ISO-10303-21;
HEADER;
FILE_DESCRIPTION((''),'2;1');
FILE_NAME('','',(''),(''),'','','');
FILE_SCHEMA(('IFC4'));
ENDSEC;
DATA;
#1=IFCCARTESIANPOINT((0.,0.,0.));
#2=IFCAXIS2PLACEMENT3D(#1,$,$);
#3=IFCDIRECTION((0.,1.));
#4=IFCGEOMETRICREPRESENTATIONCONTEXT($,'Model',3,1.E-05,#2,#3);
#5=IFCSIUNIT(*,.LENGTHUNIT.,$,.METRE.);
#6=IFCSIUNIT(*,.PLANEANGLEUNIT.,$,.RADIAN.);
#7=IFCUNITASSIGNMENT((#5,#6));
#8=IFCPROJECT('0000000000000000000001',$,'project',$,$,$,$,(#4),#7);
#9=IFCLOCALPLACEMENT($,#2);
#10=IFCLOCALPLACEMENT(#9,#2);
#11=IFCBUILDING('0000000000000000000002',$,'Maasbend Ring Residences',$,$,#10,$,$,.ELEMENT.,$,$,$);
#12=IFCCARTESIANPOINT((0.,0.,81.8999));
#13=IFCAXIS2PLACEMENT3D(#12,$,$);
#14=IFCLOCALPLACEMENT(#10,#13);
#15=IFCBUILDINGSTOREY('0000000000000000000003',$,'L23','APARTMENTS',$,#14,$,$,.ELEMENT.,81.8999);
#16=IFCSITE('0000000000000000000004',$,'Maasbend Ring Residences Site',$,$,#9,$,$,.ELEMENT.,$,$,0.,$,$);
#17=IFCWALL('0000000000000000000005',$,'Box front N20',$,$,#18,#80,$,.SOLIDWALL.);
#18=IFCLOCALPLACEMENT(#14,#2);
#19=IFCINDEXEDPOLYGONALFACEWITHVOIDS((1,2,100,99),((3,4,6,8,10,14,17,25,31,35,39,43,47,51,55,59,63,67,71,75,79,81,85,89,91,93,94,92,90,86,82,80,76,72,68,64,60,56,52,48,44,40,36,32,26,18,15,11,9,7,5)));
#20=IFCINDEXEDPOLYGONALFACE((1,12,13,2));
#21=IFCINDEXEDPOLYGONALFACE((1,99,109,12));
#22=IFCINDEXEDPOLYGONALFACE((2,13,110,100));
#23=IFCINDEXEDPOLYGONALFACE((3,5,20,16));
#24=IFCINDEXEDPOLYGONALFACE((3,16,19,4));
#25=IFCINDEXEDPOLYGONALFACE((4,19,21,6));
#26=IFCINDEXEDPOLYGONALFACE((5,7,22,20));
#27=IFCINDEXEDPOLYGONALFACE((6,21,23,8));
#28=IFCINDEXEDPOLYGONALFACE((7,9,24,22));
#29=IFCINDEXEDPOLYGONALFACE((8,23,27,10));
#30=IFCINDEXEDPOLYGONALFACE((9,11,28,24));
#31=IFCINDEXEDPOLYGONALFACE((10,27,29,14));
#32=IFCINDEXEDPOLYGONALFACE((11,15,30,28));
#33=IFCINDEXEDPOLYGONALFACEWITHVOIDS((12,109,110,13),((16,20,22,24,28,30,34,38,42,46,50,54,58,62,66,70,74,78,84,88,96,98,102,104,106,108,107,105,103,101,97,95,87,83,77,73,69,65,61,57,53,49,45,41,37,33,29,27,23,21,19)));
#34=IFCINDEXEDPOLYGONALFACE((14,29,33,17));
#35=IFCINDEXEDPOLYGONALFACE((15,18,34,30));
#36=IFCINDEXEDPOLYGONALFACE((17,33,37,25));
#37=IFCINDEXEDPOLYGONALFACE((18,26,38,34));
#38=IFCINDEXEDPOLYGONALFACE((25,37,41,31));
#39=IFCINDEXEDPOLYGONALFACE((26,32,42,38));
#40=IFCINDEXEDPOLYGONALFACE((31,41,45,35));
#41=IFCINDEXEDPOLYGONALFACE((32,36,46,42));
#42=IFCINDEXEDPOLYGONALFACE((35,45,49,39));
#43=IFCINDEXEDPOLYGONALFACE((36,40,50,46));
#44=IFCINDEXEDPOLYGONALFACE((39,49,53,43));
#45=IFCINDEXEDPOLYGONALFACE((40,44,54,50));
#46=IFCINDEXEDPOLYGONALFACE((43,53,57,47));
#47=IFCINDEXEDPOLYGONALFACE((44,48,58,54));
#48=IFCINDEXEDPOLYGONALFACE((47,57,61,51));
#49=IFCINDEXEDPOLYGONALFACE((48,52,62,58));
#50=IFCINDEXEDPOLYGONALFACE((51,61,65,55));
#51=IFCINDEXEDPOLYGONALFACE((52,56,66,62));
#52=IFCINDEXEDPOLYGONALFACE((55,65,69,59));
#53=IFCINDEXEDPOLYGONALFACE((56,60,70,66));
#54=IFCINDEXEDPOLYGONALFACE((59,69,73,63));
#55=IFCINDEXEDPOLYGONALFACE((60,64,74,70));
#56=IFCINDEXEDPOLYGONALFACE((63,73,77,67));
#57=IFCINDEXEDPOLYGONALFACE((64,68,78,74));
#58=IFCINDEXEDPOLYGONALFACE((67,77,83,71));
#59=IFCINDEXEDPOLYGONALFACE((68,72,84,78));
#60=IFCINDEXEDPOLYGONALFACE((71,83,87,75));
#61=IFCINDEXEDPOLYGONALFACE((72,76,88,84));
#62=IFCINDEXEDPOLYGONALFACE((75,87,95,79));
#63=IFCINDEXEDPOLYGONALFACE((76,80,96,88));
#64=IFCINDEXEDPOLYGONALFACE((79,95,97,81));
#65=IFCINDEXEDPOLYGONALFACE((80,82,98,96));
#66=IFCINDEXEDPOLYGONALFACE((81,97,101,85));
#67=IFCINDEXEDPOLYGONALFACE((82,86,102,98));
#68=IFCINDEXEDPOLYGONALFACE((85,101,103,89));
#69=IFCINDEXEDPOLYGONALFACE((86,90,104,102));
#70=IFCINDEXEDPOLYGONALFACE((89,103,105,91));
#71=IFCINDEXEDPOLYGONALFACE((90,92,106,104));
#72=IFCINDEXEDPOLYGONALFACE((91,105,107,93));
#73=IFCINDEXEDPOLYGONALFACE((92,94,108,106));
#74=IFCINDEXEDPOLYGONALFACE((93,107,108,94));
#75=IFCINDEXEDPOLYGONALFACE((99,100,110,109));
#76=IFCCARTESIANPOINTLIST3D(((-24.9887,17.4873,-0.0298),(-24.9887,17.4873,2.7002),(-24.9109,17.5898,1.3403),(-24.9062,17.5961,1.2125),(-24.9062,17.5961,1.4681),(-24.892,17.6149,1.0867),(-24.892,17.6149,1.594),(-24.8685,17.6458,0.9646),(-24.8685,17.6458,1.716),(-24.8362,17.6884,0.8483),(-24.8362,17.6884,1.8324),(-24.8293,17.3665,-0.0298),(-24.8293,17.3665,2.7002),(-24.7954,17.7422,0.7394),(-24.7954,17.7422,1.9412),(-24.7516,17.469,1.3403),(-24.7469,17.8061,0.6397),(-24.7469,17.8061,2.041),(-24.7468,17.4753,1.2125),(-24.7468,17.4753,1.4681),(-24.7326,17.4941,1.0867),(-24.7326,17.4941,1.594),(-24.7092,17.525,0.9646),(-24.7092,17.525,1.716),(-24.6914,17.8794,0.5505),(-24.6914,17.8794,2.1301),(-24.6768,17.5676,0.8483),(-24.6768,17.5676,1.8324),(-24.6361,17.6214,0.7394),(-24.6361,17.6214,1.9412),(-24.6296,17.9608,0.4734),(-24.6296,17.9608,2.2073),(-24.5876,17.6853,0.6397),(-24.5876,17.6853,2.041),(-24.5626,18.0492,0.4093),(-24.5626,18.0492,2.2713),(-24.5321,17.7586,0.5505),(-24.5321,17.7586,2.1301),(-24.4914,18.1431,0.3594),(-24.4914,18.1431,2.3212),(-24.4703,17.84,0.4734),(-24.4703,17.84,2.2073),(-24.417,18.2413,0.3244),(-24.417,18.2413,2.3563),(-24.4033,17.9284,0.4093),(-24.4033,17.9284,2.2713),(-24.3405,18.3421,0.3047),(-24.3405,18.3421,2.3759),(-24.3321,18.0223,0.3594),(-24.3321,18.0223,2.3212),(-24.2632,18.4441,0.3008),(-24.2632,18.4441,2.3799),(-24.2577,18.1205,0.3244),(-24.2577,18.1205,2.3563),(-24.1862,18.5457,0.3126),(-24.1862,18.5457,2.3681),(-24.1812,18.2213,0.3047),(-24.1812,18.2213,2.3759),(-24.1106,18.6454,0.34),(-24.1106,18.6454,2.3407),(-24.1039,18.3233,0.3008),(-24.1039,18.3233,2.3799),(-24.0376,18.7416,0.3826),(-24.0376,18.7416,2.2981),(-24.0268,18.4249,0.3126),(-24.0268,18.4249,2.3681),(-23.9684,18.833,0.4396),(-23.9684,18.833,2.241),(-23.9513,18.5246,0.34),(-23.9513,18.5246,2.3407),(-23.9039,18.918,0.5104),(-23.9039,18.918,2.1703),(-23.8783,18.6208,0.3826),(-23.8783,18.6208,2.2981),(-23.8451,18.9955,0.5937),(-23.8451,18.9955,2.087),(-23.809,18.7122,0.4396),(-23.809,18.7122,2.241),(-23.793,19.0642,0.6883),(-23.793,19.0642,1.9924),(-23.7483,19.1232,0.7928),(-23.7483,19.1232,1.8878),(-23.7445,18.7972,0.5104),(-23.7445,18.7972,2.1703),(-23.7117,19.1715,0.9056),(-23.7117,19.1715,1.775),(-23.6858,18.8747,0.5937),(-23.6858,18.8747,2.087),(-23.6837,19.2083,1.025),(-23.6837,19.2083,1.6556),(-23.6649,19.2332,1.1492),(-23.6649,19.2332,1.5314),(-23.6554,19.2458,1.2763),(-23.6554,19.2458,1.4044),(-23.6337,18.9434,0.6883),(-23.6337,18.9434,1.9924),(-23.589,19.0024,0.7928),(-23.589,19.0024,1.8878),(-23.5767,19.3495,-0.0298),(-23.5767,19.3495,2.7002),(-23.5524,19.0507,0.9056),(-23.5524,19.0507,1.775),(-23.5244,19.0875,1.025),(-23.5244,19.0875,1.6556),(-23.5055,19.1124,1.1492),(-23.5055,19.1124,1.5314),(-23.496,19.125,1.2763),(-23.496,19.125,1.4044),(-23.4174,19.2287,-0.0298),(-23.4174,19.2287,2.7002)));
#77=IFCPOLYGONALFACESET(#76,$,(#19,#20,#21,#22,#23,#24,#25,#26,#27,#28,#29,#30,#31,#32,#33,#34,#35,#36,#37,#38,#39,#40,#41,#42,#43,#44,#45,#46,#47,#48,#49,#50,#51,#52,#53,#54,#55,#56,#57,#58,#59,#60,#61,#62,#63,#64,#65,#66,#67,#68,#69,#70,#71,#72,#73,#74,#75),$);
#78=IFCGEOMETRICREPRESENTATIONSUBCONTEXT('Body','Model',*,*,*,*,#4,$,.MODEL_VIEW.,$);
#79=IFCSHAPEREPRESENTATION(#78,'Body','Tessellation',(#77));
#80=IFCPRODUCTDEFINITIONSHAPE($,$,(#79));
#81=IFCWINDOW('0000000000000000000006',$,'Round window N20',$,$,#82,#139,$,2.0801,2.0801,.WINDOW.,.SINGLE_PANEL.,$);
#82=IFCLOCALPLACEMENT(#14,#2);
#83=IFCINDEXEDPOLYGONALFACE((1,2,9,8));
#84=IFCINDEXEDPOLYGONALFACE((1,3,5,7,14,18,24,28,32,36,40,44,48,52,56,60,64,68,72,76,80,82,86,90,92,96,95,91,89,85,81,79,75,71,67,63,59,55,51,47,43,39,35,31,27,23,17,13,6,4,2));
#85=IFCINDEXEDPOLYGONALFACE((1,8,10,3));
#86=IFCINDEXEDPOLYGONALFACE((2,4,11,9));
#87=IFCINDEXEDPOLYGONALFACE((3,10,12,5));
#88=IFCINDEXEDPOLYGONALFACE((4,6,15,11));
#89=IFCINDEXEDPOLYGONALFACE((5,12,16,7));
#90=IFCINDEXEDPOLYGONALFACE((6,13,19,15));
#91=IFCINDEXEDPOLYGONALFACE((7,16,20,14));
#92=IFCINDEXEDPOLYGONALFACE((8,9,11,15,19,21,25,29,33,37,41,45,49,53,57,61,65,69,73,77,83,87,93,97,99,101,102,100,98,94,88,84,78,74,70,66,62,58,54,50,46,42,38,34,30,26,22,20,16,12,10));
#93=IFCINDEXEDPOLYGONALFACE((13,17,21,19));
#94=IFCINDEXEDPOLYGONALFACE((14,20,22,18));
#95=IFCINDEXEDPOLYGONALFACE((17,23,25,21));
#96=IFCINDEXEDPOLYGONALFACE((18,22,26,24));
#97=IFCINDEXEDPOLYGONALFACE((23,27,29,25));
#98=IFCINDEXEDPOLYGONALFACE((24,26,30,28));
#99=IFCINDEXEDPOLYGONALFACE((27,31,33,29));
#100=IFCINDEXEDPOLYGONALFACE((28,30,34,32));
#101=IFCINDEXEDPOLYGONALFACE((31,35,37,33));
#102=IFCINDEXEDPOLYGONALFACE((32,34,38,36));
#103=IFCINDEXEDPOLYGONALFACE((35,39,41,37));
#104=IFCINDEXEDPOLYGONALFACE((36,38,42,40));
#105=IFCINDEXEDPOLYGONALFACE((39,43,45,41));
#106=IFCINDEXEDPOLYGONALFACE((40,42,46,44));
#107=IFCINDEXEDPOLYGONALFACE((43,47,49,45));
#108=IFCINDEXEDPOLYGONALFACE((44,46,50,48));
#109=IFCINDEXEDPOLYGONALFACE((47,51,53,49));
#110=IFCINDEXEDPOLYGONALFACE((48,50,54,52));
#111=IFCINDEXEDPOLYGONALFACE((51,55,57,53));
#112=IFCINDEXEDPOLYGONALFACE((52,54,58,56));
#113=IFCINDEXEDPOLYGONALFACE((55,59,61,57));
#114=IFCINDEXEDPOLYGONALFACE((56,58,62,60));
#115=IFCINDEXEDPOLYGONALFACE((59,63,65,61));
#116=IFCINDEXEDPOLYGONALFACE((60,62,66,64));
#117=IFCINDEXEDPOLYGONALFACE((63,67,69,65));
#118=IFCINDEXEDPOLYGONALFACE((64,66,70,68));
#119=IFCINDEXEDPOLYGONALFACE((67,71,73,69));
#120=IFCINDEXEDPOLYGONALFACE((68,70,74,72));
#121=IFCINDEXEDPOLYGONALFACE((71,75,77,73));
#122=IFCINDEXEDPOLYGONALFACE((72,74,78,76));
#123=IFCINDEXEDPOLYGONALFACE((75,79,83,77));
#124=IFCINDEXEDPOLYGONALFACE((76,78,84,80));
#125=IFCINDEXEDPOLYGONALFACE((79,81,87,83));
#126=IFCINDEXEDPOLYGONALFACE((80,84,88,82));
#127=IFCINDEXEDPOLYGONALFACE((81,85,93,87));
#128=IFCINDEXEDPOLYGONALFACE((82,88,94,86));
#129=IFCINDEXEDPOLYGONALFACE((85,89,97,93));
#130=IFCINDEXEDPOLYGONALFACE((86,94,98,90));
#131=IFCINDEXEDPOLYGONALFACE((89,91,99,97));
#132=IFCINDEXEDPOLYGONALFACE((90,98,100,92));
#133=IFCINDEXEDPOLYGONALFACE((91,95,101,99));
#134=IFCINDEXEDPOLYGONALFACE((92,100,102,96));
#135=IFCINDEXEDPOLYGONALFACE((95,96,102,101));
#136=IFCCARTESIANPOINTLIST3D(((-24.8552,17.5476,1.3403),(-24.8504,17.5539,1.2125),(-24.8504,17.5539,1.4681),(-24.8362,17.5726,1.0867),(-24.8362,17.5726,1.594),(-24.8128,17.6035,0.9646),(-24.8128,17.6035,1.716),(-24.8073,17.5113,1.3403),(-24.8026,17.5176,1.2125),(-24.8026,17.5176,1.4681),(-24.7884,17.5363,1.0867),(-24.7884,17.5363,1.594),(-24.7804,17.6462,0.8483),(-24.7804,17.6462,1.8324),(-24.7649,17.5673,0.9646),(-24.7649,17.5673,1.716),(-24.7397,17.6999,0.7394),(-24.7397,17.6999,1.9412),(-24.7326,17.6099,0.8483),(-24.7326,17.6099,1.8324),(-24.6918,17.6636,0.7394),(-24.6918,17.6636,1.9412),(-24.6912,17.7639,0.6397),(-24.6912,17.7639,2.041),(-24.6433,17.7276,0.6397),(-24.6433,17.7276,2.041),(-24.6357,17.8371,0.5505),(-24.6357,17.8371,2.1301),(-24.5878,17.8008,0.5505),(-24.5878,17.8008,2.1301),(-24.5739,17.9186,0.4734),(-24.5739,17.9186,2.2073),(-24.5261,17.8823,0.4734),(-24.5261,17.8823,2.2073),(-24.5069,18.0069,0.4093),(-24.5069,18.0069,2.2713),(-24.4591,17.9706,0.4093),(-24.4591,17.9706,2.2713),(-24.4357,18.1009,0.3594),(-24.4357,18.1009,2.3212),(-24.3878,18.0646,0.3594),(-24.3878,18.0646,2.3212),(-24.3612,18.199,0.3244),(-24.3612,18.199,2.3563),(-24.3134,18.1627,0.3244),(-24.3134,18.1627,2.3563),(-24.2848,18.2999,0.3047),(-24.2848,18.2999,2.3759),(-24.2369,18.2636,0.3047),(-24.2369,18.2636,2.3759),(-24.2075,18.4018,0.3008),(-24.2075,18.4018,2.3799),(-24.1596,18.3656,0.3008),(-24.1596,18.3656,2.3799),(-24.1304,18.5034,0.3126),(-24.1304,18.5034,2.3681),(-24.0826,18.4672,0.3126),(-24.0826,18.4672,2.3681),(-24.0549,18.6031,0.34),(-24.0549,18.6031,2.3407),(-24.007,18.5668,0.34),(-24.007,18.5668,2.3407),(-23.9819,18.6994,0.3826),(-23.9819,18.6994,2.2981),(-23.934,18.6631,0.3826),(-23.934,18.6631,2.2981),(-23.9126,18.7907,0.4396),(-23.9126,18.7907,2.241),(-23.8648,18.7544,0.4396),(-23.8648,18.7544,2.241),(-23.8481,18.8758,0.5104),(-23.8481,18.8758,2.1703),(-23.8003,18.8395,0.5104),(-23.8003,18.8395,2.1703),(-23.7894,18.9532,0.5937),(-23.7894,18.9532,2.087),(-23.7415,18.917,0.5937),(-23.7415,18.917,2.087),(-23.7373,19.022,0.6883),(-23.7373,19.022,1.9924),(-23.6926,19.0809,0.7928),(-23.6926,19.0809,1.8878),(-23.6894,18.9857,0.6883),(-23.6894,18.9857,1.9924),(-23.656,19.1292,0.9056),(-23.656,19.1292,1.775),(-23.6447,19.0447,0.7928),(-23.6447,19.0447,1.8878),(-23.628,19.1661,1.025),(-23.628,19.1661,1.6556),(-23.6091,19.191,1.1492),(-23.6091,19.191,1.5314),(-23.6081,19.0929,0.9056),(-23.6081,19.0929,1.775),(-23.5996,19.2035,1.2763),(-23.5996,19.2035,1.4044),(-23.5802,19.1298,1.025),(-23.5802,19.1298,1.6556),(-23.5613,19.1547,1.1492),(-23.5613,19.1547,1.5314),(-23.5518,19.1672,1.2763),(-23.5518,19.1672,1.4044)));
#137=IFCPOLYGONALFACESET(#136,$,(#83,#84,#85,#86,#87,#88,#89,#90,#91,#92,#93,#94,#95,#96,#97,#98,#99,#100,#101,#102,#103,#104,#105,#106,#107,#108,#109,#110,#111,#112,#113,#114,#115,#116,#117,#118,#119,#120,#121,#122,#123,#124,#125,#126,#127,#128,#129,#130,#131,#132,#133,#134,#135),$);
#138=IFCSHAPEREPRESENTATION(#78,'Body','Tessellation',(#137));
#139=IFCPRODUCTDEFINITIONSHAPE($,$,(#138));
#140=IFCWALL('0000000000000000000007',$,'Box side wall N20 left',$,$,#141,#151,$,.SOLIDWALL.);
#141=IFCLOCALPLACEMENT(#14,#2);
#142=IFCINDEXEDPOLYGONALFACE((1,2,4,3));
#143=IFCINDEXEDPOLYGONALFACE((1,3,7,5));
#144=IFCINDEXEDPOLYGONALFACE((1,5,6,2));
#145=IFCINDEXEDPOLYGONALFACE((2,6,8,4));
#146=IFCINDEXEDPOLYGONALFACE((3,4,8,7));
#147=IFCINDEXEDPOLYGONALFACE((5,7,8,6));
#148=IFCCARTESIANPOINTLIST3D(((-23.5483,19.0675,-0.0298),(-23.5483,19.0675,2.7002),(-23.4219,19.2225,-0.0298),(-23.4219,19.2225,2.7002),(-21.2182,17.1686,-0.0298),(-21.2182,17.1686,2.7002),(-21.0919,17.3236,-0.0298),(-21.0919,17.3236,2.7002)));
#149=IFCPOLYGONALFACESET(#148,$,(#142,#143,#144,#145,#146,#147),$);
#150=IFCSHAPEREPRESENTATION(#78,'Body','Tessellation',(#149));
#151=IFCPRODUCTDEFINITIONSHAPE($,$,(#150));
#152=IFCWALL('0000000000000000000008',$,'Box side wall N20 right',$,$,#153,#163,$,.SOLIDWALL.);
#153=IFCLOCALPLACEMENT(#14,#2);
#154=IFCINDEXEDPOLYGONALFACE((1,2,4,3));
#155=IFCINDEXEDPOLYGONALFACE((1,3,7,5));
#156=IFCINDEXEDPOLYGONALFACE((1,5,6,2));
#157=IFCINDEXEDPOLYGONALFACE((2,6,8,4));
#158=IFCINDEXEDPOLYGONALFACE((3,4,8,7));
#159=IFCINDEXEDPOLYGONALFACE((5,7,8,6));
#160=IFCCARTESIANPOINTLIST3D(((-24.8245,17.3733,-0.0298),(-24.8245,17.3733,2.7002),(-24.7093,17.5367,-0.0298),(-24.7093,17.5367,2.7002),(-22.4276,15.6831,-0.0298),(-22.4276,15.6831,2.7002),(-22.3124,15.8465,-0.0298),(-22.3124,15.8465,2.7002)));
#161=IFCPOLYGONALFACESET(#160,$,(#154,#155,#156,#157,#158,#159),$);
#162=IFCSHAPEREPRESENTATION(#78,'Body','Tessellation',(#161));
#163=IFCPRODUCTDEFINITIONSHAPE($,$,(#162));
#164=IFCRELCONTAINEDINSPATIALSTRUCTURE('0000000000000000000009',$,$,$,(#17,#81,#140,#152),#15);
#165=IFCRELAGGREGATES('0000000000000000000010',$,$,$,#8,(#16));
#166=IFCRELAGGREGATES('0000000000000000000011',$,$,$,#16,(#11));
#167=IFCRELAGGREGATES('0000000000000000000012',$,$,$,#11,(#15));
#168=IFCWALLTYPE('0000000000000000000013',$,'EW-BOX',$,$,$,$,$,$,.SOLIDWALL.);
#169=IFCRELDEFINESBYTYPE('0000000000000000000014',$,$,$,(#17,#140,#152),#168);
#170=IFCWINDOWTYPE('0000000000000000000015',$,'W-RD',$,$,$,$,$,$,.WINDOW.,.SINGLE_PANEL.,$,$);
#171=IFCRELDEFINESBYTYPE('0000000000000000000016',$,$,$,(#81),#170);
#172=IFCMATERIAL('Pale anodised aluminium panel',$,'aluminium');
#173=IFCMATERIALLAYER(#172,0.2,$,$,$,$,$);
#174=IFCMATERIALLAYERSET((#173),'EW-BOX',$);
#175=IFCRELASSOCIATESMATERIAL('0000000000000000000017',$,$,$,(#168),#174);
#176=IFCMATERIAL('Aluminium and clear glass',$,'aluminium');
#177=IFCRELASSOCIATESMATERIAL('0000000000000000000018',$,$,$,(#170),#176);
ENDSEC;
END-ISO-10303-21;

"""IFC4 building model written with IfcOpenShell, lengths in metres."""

from ifc_helpers import new_model, si_unit, direction, frame, frame_2d, origin, place, context, subcontext, project, spatial, rectangle, circle, extrude, material, layer, layer_set, type_object, element, fill, save


model = new_model("IFC4")

# Units and contexts
model_context = context("Model", 3, precision=1e-05, world=origin(), true_north=direction((0.0, 1.0)))
body_context = subcontext(model_context, "Body", "Model", "MODEL_VIEW")
ifc_project = project(units=[si_unit("LENGTHUNIT", "METRE"), si_unit("PLANEANGLEUNIT", "RADIAN")], contexts=[model_context])

# Site, building, storey
site_placement = place(None, origin())
site = spatial("IfcSite", under=ifc_project, at=site_placement, Name="Maasbend Ring Residences Site", CompositionType="ELEMENT", RefElevation=0.0)
building_placement = place(site_placement, origin())
building = spatial("IfcBuilding", under=site, at=building_placement, Name="Maasbend Ring Residences", CompositionType="ELEMENT")
storey_placement = place(building_placement, frame((0.0, 0.0, 81.8999)))
storey = spatial("IfcBuildingStorey", under=building, at=storey_placement, Name="L23", Description="APARTMENTS", CompositionType="ELEMENT", Elevation=81.8999)

# Wall, opening, window
ifc_material_1 = material(Name="Pale anodised aluminium panel", Category="aluminium")
ifc_layer_1 = layer(ifc_material_1, 0.2)
ifc_layer_set_1 = layer_set([ifc_layer_1], Name="EW-BOX")
wall_type_1 = type_object("IfcWallType", Name="EW-BOX", PredefinedType="SOLIDWALL", material=ifc_layer_set_1)
wall_1_placement = place(storey_placement, frame((-23.4971, 19.2891, -0.0298), z_axis=(0.0, 0.0, 1.0), x_axis=(-0.604188, -0.796842, 0.0)))
wall_1 = element("IfcWall", 1, at=wall_1_placement, inside=storey, type_object=wall_type_1, Name="Box front N20", PredefinedType="SOLIDWALL", context=body_context, shape_type="SweptSolid", body=[
    extrude(rectangle(XDim=2.3369, YDim=0.2, at=frame_2d((1.1685, 0.0))), origin(), (0.0, 0.0, 1.0), 2.73),
])
opening_1_placement = place(wall_1_placement, frame((0.1282, 0.0, 0.3301)))
opening_1 = element("IfcOpeningElement", 2, at=opening_1_placement, cuts=wall_1, PredefinedType="OPENING", context=body_context, shape_type="SweptSolid", body=[
    extrude(circle(Radius=1.04, at=frame_2d((1.04, 1.04))), frame((0.0, 0.1099, 0.0), z_axis=(0.0, -1.0, 0.0), x_axis=(1.0, 0.0, 0.0)), (0.0, 0.0, 1.0), 0.22),
])
ifc_material_2 = material(Name="Aluminium and clear glass", Category="aluminium")
window_type_1 = type_object("IfcWindowType", Name="W-RD", PartitioningType="SINGLE_PANEL", PredefinedType="WINDOW", material=ifc_material_2)
window_1_placement = place(opening_1_placement, origin())
window_1 = element("IfcWindow", 3, at=window_1_placement, inside=storey, type_object=window_type_1, Name="Round window N20", OverallHeight=2.0801, OverallWidth=2.0801, PartitioningType="SINGLE_PANEL", PredefinedType="WINDOW", context=body_context, shape_type="SweptSolid", body=[
    extrude(circle(Radius=1.04, at=frame_2d((1.04, 1.04))), frame((0.0, 0.03, 0.0), z_axis=(0.0, -1.0, 0.0), x_axis=(1.0, 0.0, 0.0)), (0.0, 0.0, 1.0), 0.0601),
])
fill(opening_1, window_1)

# Walls
wall_2_placement = place(storey_placement, frame((-21.155, 17.2461, -0.0298), z_axis=(0.0, 0.0, 1.0), x_axis=(-0.775179, 0.631742, 0.0)))
element("IfcWall", 4, at=wall_2_placement, inside=storey, type_object=wall_type_1, Name="Box side wall N20 left", PredefinedType="SOLIDWALL", context=body_context, shape_type="SweptSolid", body=[
    extrude(rectangle(XDim=3.0059, YDim=0.2, at=frame_2d((1.5029, 0.0))), origin(), (0.0, 0.0, 1.0), 2.73),
])
wall_3_placement = place(storey_placement, frame((-22.3701, 15.7649, -0.0298), z_axis=(0.0, 0.0, 1.0), x_axis=(-0.817256, 0.576275, 0.0)))
element("IfcWall", 5, at=wall_3_placement, inside=storey, type_object=wall_type_1, Name="Box side wall N20 right", PredefinedType="SOLIDWALL", context=body_context, shape_type="SweptSolid", body=[
    extrude(rectangle(XDim=2.9329, YDim=0.2, at=frame_2d((1.4663, 0.0))), origin(), (0.0, 0.0, 1.0), 2.73),
])

save(model, "model.ifc")
